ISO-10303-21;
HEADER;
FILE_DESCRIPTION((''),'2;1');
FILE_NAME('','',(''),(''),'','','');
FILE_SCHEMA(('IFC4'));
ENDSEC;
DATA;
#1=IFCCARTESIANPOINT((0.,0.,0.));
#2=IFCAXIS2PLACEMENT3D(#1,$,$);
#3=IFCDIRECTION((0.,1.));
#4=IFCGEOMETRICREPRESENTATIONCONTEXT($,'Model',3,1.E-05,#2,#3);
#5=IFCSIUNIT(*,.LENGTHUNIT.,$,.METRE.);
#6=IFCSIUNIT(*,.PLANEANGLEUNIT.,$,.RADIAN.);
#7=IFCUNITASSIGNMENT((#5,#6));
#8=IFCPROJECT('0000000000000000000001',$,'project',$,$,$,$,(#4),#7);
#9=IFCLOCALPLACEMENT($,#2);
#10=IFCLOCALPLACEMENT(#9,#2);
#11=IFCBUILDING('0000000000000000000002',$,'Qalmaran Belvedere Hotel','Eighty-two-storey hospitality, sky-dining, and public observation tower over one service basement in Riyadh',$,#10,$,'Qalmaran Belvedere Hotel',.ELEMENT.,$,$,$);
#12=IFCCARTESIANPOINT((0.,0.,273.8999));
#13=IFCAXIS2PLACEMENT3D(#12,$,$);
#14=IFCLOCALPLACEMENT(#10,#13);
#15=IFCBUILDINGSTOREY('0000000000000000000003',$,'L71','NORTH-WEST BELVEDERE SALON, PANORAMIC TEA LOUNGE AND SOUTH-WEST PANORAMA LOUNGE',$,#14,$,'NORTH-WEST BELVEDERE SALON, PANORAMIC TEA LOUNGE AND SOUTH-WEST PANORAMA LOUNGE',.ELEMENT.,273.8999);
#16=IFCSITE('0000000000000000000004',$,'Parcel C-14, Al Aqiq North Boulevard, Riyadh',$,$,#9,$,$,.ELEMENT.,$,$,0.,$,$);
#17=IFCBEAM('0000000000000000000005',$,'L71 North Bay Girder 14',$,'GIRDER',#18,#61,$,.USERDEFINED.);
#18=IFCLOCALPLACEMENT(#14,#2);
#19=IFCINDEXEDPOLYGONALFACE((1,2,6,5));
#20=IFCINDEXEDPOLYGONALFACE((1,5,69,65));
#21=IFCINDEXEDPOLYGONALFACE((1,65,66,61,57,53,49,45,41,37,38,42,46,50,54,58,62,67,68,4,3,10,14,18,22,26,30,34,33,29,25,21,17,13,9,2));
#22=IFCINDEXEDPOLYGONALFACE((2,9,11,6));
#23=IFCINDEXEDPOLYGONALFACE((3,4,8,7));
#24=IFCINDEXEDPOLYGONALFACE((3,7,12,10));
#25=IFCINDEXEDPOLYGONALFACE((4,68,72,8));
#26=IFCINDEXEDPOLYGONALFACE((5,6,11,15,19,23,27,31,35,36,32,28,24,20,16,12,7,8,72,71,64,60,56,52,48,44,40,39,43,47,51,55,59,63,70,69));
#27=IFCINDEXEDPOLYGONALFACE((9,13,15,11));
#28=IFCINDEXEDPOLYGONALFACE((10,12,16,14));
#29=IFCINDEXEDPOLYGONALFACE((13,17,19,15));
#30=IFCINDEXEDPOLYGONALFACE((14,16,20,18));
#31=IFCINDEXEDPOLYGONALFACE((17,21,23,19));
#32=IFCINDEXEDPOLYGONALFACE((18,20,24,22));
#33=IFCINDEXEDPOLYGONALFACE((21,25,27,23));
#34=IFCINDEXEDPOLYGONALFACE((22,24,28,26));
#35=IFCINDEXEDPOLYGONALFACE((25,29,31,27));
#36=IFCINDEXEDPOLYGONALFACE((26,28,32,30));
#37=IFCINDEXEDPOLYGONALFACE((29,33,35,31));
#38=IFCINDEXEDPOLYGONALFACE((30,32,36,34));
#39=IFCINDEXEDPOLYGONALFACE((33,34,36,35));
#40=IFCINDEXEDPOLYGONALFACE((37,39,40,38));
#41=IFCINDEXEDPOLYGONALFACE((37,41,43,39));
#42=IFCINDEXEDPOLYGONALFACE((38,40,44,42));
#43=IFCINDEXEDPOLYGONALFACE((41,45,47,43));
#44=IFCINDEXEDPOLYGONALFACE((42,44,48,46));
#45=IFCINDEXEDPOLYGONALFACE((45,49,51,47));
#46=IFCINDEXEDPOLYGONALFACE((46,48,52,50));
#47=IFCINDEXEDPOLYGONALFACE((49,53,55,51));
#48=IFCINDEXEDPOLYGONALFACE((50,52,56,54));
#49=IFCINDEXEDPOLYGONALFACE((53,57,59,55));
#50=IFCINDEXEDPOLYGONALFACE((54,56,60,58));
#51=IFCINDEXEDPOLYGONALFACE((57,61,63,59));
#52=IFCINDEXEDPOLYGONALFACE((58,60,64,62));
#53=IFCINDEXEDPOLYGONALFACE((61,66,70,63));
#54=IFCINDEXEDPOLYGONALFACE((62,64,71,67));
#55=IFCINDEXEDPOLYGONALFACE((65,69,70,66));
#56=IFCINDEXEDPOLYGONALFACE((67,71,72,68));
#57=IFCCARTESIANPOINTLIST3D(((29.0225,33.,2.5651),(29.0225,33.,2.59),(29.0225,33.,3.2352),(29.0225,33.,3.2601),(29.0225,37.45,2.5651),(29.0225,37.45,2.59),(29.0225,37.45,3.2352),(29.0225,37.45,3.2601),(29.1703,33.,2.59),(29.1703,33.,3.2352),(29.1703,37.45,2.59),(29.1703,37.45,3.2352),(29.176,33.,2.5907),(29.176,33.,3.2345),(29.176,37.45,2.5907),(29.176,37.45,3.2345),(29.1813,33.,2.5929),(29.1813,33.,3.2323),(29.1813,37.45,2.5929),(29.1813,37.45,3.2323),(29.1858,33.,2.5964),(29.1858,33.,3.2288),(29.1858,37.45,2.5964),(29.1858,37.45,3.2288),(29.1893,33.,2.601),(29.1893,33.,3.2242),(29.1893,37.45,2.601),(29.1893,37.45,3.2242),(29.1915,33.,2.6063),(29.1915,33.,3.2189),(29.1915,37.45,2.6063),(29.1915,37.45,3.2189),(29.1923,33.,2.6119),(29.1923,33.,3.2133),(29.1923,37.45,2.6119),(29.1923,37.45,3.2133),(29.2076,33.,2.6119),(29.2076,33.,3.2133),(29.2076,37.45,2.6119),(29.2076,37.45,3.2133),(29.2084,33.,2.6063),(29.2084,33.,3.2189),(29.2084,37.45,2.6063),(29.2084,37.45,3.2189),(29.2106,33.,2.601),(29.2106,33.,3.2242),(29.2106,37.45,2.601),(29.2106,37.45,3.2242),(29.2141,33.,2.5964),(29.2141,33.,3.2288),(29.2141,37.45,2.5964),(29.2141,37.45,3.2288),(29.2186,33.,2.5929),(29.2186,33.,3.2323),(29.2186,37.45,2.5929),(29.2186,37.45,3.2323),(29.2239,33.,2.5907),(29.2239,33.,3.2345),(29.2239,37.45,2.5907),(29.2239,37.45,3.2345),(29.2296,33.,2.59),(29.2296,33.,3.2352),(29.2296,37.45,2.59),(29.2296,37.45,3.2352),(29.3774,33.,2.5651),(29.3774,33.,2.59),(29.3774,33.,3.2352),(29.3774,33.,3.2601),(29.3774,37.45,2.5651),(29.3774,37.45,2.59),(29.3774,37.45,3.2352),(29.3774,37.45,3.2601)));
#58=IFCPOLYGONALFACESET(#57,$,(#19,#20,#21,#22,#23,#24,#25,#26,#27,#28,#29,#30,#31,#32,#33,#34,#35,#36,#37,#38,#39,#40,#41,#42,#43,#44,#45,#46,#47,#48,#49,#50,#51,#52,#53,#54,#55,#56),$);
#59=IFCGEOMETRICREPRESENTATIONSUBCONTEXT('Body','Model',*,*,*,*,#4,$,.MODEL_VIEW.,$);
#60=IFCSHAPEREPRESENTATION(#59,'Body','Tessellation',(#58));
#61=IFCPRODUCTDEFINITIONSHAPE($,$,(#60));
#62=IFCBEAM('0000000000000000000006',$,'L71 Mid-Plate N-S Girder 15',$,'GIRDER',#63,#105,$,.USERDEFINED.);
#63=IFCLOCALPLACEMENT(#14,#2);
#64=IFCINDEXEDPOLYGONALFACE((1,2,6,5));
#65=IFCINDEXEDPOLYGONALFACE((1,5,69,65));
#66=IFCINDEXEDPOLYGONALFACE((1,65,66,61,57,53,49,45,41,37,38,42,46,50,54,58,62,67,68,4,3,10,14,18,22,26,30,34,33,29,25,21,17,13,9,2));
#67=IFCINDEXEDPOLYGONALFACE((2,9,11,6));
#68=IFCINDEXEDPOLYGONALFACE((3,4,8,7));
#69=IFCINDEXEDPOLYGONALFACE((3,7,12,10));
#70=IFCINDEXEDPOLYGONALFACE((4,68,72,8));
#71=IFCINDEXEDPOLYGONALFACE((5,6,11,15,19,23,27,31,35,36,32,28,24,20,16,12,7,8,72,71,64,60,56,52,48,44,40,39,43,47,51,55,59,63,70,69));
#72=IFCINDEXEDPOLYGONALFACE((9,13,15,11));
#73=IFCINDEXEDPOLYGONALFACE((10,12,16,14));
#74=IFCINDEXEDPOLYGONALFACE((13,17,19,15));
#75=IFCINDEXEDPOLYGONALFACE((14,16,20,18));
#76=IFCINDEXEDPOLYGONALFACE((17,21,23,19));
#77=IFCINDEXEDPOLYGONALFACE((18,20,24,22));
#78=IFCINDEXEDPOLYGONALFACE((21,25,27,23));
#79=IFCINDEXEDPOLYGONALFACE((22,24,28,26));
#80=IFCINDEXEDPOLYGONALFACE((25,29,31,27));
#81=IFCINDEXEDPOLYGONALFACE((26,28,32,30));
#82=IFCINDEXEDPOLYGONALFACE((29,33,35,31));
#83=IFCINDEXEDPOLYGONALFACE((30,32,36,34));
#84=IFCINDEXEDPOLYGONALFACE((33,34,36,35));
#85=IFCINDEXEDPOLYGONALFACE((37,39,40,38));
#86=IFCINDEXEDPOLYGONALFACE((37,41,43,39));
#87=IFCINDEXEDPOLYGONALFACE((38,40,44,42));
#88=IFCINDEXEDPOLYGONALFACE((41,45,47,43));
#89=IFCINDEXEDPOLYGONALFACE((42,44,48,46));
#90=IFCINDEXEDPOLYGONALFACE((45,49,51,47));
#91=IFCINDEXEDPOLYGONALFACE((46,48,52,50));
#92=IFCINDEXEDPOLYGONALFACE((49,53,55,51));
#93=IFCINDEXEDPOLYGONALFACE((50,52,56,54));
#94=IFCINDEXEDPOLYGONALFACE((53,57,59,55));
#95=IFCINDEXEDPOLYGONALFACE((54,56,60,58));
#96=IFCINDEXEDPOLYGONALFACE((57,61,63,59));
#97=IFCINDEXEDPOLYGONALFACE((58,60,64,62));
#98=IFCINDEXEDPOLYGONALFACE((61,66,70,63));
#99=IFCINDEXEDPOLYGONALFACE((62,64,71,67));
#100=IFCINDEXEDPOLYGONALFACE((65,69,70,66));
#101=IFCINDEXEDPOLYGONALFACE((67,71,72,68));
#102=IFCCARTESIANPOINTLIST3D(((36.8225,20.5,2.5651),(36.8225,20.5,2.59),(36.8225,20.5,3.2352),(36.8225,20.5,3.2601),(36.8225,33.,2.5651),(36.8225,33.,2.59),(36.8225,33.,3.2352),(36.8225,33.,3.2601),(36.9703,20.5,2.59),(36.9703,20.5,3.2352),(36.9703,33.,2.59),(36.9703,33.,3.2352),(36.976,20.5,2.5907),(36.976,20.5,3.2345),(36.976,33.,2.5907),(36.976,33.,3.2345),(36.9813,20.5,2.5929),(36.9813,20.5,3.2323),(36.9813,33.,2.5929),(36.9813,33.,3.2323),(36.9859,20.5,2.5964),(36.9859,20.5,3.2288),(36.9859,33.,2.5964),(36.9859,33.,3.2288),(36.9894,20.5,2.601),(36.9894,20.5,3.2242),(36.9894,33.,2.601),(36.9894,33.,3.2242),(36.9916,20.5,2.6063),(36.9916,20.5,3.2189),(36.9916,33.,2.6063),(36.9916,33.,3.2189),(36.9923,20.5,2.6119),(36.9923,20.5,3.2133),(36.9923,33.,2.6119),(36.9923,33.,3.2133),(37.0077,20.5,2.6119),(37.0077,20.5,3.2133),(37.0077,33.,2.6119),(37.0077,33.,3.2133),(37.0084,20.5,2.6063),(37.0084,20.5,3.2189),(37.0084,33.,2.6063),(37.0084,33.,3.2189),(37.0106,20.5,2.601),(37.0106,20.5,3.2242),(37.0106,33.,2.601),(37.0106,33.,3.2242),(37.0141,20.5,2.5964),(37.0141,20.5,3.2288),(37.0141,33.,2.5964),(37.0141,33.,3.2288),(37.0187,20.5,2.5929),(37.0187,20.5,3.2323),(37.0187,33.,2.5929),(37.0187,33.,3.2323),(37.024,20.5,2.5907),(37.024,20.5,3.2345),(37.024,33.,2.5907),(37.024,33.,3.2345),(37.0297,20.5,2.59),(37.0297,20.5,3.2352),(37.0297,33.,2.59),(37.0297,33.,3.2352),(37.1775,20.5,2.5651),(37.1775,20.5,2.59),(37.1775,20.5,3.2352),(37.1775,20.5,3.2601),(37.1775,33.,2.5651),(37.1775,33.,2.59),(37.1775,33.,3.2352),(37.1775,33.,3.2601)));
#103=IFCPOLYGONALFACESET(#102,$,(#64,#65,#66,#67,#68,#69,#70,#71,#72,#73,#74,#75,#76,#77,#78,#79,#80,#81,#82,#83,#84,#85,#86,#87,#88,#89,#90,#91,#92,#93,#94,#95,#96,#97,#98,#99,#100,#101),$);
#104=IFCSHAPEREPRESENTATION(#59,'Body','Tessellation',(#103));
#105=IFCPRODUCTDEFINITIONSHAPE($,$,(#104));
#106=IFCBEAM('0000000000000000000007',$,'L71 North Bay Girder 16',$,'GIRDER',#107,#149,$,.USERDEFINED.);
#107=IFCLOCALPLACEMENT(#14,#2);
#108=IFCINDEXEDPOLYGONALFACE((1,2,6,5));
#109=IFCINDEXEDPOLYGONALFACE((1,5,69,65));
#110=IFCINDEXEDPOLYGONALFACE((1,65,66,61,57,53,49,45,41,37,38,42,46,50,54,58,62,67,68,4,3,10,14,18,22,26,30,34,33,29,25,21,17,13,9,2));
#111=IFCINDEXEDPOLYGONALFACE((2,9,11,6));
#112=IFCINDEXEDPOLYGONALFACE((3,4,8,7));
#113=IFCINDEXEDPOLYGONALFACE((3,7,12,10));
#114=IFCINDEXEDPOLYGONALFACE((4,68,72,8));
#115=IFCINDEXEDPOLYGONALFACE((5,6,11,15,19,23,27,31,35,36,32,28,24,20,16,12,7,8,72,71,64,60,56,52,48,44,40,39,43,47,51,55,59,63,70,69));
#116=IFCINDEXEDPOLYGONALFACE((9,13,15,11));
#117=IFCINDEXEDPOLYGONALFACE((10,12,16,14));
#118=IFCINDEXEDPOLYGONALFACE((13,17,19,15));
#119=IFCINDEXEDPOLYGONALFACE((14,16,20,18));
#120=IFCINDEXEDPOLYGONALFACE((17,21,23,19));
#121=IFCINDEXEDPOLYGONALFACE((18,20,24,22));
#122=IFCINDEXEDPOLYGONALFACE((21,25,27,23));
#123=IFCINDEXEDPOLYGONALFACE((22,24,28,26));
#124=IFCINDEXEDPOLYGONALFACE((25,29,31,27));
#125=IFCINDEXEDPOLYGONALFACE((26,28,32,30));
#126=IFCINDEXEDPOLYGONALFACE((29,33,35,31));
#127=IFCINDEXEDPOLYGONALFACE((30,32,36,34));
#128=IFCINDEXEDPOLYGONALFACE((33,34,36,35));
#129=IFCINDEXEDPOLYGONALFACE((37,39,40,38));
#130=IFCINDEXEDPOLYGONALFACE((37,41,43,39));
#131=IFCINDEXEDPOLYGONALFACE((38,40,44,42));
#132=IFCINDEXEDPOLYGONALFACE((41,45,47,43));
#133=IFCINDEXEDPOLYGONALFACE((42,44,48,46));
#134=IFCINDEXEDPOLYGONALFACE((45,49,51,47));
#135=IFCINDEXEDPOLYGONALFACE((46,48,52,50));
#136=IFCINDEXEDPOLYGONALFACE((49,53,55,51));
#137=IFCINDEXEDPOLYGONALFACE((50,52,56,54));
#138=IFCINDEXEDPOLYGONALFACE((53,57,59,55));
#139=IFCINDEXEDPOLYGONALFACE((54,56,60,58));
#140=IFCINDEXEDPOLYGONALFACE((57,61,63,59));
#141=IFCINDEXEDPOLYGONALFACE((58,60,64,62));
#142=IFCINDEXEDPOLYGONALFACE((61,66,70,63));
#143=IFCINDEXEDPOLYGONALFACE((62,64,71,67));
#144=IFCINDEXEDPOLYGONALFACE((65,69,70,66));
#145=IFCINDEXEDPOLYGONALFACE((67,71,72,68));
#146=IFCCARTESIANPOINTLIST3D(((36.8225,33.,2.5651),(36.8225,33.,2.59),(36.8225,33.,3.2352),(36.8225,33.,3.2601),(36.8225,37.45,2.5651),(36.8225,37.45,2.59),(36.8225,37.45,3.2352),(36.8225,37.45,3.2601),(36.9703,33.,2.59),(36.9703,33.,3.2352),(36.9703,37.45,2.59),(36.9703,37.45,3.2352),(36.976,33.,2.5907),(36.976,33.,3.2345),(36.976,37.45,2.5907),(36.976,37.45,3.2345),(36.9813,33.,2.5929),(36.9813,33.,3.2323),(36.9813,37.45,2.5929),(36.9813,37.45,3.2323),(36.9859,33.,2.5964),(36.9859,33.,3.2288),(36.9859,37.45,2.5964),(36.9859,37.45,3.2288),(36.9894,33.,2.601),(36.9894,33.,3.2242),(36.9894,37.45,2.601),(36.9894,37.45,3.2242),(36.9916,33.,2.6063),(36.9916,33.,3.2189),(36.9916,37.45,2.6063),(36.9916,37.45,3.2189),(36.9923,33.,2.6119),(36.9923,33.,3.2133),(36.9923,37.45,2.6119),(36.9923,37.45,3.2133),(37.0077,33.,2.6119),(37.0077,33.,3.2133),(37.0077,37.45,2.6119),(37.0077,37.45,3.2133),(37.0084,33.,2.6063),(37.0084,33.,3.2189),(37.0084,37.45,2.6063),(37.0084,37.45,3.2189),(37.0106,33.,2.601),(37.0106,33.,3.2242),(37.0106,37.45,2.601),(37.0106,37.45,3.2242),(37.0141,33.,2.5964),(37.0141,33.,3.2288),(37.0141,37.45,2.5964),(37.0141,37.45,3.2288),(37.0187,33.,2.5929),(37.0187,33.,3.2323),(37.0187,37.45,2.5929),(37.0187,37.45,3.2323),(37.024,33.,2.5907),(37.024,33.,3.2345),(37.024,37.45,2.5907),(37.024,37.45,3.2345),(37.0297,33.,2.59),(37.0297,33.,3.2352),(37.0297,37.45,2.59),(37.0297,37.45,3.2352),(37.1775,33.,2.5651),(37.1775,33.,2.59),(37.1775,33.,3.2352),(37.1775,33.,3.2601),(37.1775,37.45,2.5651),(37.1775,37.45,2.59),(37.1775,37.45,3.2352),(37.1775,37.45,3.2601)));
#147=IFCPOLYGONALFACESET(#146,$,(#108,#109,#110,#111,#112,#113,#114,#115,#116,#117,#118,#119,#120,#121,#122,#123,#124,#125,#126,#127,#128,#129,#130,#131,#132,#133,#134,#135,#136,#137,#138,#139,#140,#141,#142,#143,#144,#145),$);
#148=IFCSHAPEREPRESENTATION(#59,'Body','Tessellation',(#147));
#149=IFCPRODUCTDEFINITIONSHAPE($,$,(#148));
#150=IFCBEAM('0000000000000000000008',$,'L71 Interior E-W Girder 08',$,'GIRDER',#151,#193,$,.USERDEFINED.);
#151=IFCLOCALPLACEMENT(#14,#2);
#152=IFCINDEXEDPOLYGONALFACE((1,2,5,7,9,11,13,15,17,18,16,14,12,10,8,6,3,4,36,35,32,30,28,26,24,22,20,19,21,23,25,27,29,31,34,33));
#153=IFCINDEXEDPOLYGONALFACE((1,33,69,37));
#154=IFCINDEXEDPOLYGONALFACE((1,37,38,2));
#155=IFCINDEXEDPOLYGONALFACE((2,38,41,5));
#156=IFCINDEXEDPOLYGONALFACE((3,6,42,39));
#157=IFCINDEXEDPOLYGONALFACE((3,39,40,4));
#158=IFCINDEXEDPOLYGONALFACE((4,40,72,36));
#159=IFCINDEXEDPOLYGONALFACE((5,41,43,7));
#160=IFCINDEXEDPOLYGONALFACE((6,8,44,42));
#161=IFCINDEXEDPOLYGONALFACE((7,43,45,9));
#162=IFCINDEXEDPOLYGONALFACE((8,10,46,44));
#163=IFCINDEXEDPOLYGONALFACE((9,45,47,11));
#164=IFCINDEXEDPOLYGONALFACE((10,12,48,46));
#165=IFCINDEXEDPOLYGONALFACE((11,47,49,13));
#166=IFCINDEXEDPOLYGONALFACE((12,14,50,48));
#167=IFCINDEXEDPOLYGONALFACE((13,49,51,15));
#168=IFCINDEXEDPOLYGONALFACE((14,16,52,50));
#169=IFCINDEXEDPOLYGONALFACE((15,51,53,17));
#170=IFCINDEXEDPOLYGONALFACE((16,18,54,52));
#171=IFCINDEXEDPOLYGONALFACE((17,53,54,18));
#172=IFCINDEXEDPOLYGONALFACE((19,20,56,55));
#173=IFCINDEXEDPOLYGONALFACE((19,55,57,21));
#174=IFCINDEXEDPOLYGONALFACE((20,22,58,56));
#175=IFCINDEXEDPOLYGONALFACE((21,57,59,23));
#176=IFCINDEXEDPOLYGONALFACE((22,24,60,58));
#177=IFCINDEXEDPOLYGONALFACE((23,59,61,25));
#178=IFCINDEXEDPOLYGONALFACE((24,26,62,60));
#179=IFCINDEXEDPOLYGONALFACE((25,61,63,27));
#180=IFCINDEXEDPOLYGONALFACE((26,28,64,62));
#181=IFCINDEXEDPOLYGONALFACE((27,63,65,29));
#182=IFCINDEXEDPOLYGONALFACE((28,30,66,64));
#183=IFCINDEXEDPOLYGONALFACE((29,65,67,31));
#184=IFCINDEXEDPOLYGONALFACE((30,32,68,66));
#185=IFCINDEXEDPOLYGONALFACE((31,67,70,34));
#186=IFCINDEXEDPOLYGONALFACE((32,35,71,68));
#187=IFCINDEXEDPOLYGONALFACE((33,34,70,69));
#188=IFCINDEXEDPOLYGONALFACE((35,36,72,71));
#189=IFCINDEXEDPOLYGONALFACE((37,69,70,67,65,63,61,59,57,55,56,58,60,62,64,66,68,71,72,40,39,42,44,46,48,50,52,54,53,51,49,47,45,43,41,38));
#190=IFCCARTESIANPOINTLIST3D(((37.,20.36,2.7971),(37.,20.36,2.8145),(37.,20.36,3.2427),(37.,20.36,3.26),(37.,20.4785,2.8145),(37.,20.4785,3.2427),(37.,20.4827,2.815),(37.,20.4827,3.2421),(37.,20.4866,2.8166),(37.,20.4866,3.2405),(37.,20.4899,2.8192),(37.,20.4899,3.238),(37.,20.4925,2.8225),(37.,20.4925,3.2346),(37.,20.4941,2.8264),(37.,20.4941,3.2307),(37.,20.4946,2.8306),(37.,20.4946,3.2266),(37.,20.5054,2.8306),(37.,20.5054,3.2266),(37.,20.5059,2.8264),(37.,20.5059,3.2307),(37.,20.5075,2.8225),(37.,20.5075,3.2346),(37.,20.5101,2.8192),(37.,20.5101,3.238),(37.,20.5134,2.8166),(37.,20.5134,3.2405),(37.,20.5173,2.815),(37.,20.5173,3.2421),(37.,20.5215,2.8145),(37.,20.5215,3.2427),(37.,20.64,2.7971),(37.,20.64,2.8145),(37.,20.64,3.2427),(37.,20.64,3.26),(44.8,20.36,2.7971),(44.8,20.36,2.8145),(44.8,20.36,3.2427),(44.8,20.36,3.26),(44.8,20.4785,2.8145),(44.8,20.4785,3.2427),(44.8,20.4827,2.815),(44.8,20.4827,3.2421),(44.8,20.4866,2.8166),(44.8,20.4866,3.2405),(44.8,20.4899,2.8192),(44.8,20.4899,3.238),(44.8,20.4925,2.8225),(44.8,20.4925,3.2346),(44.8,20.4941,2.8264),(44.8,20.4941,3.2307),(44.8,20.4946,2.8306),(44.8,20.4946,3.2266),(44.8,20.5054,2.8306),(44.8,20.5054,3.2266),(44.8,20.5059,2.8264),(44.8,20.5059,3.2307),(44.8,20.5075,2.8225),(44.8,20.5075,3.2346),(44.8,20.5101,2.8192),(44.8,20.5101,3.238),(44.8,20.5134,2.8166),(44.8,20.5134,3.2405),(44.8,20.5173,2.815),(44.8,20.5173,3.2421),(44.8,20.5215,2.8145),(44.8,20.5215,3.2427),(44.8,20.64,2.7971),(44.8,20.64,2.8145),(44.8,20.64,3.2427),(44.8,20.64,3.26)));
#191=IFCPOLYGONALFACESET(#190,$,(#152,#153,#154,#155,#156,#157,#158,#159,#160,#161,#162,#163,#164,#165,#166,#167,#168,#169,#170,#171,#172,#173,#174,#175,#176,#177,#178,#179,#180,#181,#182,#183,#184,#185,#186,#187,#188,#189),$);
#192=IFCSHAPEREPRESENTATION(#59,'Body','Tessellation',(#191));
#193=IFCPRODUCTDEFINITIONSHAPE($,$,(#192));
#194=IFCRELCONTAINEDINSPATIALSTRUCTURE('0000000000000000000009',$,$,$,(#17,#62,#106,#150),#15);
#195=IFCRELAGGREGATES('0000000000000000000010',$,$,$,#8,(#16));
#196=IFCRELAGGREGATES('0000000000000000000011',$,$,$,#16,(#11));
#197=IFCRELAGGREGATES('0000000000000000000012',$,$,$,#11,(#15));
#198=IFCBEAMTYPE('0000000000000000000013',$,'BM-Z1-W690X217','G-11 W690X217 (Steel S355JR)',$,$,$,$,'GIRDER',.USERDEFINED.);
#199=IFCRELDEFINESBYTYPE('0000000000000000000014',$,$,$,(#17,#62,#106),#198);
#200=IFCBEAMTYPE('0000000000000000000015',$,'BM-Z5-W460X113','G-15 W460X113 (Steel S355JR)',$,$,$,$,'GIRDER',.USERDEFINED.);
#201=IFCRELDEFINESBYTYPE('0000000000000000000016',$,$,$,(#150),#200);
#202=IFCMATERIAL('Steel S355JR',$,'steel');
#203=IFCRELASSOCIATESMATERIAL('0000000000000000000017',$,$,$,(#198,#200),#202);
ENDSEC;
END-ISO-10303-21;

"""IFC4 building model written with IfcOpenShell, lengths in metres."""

from ifc_helpers import new_model, si_unit, direction, frame, origin, origin_2d, place, context, subcontext, project, spatial, i_section, extrude, material, material_profile, profile_set, type_object, element, save


model = new_model("IFC4")

# Units and contexts
model_context = context("Model", 3, precision=1e-05, world=origin(), true_north=direction((0.0, 1.0)))
body_context = subcontext(model_context, "Body", "Model", "MODEL_VIEW")
ifc_project = project(units=[si_unit("LENGTHUNIT", "METRE"), si_unit("PLANEANGLEUNIT", "RADIAN")], contexts=[model_context])

# Site, building, storey
site_placement = place(None, origin())
site = spatial("IfcSite", under=ifc_project, at=site_placement, Name="Parcel C-14, Al Aqiq North Boulevard, Riyadh", CompositionType="ELEMENT", RefElevation=0.0)
building_placement = place(site_placement, origin())
building = spatial("IfcBuilding", under=site, at=building_placement, Name="Qalmaran Belvedere Hotel", Description="Eighty-two-storey hospitality, sky-dining, and public observation tower over one service basement in Riyadh", LongName="Qalmaran Belvedere Hotel", CompositionType="ELEMENT")
storey_placement = place(building_placement, frame((0.0, 0.0, 273.8999)))
storey = spatial("IfcBuildingStorey", under=building, at=storey_placement, Name="L71", Description="NORTH-WEST BELVEDERE SALON, PANORAMIC TEA LOUNGE AND SOUTH-WEST PANORAMA LOUNGE", LongName="NORTH-WEST BELVEDERE SALON, PANORAMIC TEA LOUNGE AND SOUTH-WEST PANORAMA LOUNGE", CompositionType="ELEMENT", Elevation=273.8999)

# Beams
ifc_material_1 = material(Name="Steel S355JR", Category="steel")
ifc_material_profile_1 = material_profile(ifc_material_1, i_section(OverallWidth=0.355, OverallDepth=0.6951, WebThickness=0.0154, FlangeThickness=0.0249, FilletRadius=0.022, at=origin_2d()), Name="W690X217")
ifc_profile_set_1 = profile_set([ifc_material_profile_1], Name="Steel S355JR")
beam_type_1 = type_object("IfcBeamType", Name="BM-Z1-W690X217", Description="G-11 W690X217 (Steel S355JR)", ElementType="GIRDER", PredefinedType="USERDEFINED", material=ifc_profile_set_1)
beam_1_placement = place(storey_placement, frame((29.2, 33.0, 2.9126), z_axis=(0.0, 1.0, 0.0), x_axis=(-1.0, 0.0, 0.0)))
element("IfcBeam", 1, at=beam_1_placement, inside=storey, type_object=beam_type_1, Name="L71 North Bay Girder 14", ObjectType="GIRDER", PredefinedType="USERDEFINED", context=body_context, shape_type="SweptSolid", body=[
    extrude(i_section(OverallWidth=0.355, OverallDepth=0.6951, WebThickness=0.0154, FlangeThickness=0.0249, FilletRadius=0.022, at=origin_2d()), origin(), (0.0, 0.0, 1.0), 4.45),
])
beam_2_placement = place(storey_placement, frame((37.0, 20.5, 2.9126), z_axis=(0.0, 1.0, 0.0), x_axis=(-1.0, 0.0, 0.0)))
element("IfcBeam", 2, at=beam_2_placement, inside=storey, type_object=beam_type_1, Name="L71 Mid-Plate N-S Girder 15", ObjectType="GIRDER", PredefinedType="USERDEFINED", context=body_context, shape_type="SweptSolid", body=[
    extrude(i_section(OverallWidth=0.355, OverallDepth=0.6951, WebThickness=0.0154, FlangeThickness=0.0249, FilletRadius=0.022, at=origin_2d()), origin(), (0.0, 0.0, 1.0), 12.5),
])
beam_3_placement = place(storey_placement, frame((37.0, 33.0, 2.9126), z_axis=(0.0, 1.0, 0.0), x_axis=(-1.0, 0.0, 0.0)))
element("IfcBeam", 3, at=beam_3_placement, inside=storey, type_object=beam_type_1, Name="L71 North Bay Girder 16", ObjectType="GIRDER", PredefinedType="USERDEFINED", context=body_context, shape_type="SweptSolid", body=[
    extrude(i_section(OverallWidth=0.355, OverallDepth=0.6951, WebThickness=0.0154, FlangeThickness=0.0249, FilletRadius=0.022, at=origin_2d()), origin(), (0.0, 0.0, 1.0), 4.45),
])
ifc_material_profile_2 = material_profile(ifc_material_1, i_section(OverallWidth=0.28, OverallDepth=0.4629, WebThickness=0.0107, FlangeThickness=0.0173, FilletRadius=0.0161, at=origin_2d()), Name="W460X113")
ifc_profile_set_2 = profile_set([ifc_material_profile_2], Name="Steel S355JR")
beam_type_2 = type_object("IfcBeamType", Name="BM-Z5-W460X113", Description="G-15 W460X113 (Steel S355JR)", ElementType="GIRDER", PredefinedType="USERDEFINED", material=ifc_profile_set_2)
for number, where, z_axis, x_axis, name in (
    (4, (37.0, 20.5, 3.0286), (1.0, 0.0, 0.0), (0.0, 1.0, 0.0), "L71 Interior E-W Girder 08"),
):
    element("IfcBeam", number, at=place(storey_placement, frame(where, z_axis=z_axis, x_axis=x_axis)), inside=storey, type_object=beam_type_2, Name=name, ObjectType="GIRDER", PredefinedType="USERDEFINED", context=body_context, shape_type="SweptSolid", body=[
        extrude(i_section(OverallWidth=0.28, OverallDepth=0.4629, WebThickness=0.0107, FlangeThickness=0.0173, FilletRadius=0.0161, at=origin_2d()), origin(), (0.0, 0.0, 1.0), 7.8),
    ])

save(model, "model.ifc")
